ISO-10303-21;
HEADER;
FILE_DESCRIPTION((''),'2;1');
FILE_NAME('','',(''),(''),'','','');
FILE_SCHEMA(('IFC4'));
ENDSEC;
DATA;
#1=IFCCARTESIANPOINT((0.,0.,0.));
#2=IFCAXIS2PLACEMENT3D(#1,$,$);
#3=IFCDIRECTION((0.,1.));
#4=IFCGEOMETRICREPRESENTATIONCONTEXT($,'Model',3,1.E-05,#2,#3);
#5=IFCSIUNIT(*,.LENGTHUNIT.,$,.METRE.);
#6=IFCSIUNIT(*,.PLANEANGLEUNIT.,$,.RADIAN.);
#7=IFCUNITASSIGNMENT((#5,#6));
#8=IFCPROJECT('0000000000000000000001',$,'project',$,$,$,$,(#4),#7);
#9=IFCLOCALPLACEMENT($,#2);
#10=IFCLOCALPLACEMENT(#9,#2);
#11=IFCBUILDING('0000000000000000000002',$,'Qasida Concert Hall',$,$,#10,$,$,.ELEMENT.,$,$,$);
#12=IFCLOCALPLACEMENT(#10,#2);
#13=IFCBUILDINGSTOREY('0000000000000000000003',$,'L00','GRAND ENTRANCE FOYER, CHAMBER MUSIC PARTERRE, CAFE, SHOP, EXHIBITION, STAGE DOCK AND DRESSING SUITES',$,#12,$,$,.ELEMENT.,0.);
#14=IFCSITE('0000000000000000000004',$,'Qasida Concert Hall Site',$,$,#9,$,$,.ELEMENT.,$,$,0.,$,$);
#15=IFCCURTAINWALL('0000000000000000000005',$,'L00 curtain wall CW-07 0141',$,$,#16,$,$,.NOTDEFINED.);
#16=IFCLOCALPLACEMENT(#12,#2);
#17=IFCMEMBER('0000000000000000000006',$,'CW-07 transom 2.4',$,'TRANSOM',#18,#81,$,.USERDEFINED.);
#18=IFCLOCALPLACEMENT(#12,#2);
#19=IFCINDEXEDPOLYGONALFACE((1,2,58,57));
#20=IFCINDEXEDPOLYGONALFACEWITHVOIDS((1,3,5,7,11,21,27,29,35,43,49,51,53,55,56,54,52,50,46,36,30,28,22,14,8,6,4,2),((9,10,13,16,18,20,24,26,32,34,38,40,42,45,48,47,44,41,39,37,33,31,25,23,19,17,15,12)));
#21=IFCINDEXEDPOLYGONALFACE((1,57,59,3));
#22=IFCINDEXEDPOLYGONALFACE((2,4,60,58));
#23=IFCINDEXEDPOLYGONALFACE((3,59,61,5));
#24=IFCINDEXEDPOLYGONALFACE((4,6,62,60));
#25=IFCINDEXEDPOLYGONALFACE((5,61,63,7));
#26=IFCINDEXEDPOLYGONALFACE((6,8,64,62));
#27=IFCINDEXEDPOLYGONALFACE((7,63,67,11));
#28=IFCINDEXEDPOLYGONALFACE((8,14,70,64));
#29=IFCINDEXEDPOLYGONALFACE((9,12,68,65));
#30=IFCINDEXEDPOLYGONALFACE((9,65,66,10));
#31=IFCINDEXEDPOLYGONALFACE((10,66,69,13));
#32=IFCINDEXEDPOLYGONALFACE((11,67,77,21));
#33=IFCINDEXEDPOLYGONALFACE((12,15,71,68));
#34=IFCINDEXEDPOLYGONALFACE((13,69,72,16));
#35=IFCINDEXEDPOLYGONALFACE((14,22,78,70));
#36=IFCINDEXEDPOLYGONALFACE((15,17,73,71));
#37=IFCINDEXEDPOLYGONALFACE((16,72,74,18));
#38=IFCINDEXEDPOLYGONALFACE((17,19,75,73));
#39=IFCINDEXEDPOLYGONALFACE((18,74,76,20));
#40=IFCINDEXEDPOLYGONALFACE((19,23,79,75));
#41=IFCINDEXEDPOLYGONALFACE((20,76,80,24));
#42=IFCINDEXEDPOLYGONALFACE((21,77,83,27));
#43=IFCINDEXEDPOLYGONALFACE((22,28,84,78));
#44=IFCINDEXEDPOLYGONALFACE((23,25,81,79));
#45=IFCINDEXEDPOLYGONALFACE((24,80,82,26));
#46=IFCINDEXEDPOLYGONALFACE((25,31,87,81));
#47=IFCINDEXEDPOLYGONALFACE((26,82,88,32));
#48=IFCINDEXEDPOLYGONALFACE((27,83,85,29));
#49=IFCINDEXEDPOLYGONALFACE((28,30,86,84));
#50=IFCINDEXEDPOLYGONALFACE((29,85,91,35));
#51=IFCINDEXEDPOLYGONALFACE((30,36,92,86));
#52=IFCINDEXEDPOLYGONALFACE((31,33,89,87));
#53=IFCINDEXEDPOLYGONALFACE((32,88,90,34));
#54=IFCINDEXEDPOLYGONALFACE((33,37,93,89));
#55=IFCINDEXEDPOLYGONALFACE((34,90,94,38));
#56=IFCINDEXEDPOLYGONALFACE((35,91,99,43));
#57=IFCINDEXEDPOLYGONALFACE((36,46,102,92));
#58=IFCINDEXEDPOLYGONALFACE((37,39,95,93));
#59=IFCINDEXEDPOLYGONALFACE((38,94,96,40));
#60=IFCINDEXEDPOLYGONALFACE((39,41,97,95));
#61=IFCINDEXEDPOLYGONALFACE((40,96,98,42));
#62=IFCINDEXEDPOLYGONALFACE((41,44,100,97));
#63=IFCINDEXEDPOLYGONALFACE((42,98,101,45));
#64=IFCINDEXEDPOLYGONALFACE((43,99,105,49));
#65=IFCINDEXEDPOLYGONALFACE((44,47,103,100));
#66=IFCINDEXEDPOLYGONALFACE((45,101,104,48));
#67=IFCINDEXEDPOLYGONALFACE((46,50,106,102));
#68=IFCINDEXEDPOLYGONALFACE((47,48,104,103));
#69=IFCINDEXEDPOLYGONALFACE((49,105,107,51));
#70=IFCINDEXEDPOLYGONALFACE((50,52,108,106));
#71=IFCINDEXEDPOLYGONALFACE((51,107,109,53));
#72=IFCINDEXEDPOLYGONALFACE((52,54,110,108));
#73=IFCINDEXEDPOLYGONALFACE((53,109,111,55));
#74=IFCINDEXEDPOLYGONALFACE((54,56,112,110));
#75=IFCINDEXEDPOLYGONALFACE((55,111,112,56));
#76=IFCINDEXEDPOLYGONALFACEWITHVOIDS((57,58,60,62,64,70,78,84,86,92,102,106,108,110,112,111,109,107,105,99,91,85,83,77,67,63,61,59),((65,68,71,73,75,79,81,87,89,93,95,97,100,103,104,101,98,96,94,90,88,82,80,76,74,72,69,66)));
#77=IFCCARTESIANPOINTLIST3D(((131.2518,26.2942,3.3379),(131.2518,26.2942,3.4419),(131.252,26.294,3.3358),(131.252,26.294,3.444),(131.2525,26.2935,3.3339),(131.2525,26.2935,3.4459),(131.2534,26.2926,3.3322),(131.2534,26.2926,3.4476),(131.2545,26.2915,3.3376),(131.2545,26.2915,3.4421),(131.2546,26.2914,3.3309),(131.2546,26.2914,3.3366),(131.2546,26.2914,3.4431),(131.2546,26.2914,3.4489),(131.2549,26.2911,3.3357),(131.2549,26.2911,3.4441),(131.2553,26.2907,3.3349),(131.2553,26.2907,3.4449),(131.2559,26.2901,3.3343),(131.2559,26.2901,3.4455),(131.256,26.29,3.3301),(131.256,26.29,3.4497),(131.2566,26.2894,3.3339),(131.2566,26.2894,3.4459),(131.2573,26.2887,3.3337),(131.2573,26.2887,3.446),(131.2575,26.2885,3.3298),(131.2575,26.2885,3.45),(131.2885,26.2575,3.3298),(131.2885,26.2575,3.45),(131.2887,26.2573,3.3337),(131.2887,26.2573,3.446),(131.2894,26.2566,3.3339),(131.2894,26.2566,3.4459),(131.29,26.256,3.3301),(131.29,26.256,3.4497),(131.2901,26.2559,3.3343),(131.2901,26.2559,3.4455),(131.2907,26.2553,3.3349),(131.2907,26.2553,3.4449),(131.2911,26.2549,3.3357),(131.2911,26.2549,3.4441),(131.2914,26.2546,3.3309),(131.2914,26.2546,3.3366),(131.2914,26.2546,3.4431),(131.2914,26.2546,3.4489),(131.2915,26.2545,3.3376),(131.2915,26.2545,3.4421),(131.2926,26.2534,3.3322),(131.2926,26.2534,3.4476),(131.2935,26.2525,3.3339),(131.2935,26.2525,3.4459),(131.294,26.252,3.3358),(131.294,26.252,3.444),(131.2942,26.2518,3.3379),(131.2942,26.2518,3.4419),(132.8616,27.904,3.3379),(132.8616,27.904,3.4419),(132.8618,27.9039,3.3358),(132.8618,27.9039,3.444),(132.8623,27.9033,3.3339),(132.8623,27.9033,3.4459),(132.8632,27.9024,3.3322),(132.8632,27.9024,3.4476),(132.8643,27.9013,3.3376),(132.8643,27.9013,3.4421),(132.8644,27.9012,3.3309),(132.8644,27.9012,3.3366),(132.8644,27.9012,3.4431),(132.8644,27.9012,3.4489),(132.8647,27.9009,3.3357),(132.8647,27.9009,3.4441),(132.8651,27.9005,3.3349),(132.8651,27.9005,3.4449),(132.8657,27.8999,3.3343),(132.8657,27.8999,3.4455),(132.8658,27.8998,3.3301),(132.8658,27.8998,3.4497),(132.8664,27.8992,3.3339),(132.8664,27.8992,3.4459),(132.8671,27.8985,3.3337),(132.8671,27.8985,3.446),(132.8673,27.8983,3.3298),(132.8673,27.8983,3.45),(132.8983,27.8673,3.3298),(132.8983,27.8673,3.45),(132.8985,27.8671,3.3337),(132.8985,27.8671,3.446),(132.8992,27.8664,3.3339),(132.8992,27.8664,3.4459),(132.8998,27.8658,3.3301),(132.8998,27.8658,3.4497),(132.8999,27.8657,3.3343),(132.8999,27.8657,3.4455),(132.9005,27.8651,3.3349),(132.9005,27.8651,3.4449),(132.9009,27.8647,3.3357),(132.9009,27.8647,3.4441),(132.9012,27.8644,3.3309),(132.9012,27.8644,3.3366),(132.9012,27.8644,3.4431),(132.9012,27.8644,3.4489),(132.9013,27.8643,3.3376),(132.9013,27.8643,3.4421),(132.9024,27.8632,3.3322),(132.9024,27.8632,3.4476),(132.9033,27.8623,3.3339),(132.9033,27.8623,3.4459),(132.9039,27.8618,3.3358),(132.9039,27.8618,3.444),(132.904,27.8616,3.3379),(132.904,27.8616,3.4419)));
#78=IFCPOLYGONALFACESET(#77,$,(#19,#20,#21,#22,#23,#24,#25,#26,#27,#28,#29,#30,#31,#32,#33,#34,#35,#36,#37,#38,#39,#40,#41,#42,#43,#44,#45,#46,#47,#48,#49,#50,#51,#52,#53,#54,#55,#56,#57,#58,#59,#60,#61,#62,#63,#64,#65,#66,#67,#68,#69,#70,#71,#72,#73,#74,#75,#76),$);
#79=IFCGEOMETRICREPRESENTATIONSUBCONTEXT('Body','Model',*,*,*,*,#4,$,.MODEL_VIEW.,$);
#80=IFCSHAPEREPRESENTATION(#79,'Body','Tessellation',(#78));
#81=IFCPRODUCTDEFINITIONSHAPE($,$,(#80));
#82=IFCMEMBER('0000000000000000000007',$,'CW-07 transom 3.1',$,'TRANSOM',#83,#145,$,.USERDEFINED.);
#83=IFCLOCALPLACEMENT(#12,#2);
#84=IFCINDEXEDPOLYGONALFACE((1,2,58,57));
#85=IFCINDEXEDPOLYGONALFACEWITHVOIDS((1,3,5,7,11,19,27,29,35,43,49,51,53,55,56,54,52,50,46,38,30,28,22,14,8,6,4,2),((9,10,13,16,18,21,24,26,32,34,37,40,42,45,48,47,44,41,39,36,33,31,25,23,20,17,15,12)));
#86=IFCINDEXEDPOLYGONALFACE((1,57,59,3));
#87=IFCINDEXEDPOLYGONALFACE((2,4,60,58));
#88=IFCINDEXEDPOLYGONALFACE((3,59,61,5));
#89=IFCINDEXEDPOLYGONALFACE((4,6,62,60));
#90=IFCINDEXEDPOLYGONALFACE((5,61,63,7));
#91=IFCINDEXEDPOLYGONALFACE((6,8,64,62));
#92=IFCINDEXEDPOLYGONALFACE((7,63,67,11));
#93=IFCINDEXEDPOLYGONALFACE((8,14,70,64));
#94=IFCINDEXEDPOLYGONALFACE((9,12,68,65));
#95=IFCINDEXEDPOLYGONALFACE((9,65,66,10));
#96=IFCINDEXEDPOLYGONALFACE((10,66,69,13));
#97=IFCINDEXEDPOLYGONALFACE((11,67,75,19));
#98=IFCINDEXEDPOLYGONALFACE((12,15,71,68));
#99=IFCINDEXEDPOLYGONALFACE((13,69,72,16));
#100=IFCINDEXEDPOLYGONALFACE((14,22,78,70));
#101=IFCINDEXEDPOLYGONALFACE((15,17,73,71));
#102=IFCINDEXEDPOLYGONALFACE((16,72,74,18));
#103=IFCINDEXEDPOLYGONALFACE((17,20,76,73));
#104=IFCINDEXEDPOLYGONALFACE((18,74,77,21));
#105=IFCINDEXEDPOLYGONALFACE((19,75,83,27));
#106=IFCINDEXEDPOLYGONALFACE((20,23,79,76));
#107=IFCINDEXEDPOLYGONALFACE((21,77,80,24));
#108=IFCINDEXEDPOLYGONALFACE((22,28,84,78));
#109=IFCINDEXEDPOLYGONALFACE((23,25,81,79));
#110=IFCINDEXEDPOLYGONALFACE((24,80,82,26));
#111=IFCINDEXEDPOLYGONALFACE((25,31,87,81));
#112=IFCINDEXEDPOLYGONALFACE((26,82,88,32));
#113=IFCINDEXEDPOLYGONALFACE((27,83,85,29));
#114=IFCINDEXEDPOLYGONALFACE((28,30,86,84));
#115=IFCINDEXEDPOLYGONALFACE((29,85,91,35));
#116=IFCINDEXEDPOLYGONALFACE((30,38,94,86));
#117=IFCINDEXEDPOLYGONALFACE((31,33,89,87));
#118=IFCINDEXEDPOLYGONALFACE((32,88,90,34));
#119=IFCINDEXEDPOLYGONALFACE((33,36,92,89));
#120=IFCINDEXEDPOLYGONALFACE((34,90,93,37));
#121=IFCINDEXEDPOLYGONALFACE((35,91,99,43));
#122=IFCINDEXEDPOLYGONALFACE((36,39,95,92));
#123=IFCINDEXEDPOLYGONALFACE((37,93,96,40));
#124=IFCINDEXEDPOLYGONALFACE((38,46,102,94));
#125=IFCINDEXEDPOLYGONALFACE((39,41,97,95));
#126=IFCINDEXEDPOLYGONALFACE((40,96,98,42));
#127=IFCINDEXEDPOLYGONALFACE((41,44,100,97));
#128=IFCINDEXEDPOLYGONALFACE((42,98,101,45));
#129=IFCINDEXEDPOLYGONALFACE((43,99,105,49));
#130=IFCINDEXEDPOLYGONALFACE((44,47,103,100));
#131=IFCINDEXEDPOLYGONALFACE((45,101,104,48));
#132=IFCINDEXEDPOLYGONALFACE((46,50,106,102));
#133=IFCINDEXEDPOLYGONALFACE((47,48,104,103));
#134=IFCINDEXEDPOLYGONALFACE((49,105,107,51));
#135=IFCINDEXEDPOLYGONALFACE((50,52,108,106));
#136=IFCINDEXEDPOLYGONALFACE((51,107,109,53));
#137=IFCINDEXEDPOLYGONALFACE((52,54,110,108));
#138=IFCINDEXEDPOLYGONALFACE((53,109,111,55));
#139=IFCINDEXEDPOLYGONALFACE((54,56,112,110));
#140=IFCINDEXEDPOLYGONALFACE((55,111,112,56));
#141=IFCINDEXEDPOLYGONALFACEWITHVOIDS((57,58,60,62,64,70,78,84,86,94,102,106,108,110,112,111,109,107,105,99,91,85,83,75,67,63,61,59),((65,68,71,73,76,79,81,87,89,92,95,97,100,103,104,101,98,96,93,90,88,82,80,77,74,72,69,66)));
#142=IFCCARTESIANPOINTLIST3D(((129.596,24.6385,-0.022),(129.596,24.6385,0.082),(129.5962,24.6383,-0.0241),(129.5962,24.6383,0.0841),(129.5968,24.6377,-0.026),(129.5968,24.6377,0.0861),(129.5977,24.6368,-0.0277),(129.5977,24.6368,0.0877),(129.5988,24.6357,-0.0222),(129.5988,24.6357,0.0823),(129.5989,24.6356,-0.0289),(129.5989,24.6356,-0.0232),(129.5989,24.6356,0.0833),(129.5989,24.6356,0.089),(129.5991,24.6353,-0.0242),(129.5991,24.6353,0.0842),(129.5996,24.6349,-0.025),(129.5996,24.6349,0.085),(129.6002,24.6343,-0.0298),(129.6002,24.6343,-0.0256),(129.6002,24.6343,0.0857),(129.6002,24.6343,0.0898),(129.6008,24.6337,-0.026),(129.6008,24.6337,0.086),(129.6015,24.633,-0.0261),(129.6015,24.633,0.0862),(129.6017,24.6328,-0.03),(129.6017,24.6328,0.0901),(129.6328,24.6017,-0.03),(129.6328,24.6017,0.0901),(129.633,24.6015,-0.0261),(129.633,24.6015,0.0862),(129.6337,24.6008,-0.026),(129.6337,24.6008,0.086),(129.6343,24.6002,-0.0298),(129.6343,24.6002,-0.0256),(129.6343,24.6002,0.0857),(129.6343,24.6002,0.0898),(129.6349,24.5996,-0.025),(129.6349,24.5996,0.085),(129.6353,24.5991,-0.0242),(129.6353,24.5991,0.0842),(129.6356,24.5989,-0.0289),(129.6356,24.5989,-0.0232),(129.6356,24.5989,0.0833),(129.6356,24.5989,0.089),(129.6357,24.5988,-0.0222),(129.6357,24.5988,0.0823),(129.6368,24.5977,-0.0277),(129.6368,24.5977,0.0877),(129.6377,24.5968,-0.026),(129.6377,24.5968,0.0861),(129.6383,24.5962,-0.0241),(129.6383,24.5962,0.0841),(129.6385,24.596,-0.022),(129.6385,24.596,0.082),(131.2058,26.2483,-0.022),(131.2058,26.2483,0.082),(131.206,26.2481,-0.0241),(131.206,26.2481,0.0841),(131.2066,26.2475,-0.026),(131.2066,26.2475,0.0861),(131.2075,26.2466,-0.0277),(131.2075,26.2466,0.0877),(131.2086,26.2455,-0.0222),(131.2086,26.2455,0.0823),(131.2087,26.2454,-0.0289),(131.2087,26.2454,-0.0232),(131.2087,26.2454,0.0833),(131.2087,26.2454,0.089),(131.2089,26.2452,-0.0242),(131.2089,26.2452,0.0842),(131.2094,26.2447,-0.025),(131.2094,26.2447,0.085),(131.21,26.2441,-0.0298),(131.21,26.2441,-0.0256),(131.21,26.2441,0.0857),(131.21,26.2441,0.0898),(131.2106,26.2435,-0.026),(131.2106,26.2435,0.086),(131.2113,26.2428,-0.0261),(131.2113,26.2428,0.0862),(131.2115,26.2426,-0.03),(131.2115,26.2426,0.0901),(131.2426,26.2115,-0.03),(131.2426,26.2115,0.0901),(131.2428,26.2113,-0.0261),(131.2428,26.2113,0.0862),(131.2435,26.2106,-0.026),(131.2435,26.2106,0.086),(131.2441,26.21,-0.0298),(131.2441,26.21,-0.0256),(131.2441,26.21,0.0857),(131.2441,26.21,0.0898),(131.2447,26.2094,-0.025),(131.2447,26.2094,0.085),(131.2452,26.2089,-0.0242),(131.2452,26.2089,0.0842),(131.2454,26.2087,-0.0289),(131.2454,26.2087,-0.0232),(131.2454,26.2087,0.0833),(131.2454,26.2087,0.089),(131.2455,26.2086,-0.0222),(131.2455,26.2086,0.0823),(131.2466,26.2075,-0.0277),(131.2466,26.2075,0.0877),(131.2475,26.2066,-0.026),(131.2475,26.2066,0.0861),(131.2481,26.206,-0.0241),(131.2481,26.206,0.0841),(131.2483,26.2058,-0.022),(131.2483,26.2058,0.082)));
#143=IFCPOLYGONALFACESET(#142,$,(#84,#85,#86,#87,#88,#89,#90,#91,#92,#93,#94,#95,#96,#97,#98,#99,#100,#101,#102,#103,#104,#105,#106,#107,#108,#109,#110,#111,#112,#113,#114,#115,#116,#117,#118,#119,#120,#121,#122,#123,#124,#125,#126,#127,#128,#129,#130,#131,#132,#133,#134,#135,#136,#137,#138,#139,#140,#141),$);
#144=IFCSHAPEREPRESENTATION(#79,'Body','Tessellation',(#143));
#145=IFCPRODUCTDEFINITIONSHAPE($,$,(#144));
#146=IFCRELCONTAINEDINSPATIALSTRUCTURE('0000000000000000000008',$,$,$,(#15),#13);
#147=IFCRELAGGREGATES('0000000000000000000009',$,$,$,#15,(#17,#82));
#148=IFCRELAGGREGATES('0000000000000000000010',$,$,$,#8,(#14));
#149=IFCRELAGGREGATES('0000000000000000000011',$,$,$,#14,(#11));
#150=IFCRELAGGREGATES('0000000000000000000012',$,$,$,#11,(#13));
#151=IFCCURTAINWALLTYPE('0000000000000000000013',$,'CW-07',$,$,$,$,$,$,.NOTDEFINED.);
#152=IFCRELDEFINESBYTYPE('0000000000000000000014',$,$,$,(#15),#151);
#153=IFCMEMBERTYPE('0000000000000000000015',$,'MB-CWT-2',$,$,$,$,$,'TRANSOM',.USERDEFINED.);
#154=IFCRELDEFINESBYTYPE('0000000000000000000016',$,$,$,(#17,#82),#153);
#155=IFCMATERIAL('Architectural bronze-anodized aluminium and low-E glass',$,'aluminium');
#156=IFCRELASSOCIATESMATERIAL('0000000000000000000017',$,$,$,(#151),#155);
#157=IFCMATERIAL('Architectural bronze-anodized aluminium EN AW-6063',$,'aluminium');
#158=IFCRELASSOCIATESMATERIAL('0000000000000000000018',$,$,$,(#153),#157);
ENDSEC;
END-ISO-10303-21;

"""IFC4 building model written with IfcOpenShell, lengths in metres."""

from ifc_helpers import new_model, si_unit, direction, frame, origin, origin_2d, place, context, subcontext, project, spatial, hollow_rectangle, extrude, material, material_profile, profile_set, type_object, element, aggregate, save


model = new_model("IFC4")

# Units and contexts
model_context = context("Model", 3, precision=1e-05, world=origin(), true_north=direction((0.0, 1.0)))
body_context = subcontext(model_context, "Body", "Model", "MODEL_VIEW")
ifc_project = project(units=[si_unit("LENGTHUNIT", "METRE"), si_unit("PLANEANGLEUNIT", "RADIAN")], contexts=[model_context])

# Site, building, storey
site_placement = place(None, origin())
site = spatial("IfcSite", under=ifc_project, at=site_placement, Name="Qasida Concert Hall Site", CompositionType="ELEMENT", RefElevation=0.0)
building_placement = place(site_placement, origin())
building = spatial("IfcBuilding", under=site, at=building_placement, Name="Qasida Concert Hall", CompositionType="ELEMENT")
storey_placement = place(building_placement, origin())
storey = spatial("IfcBuildingStorey", under=building, at=storey_placement, Name="L00", Description="GRAND ENTRANCE FOYER, CHAMBER MUSIC PARTERRE, CAFE, SHOP, EXHIBITION, STAGE DOCK AND DRESSING SUITES", CompositionType="ELEMENT", Elevation=0.0)

# Curtain wall, members
ifc_material_1 = material(Name="Architectural bronze-anodized aluminium and low-E glass", Category="aluminium")
curtain_wall_type = type_object("IfcCurtainWallType", Name="CW-07", PredefinedType="NOTDEFINED", material=ifc_material_1)
curtain_wall_placement = place(storey_placement, origin())
curtain_wall = element("IfcCurtainWall", 1, at=curtain_wall_placement, inside=storey, type_object=curtain_wall_type, Name="L00 curtain wall CW-07 0141", PredefinedType="NOTDEFINED")
ifc_material_2 = material(Name="Architectural bronze-anodized aluminium EN AW-6063", Category="aluminium")
ifc_material_profile_1 = material_profile(ifc_material_2, hollow_rectangle(XDim=0.0601, YDim=0.1201, WallThickness=0.0039, InnerFilletRadius=0.0039, OuterFilletRadius=0.0081, at=origin_2d()), Name="CWT 120x60x4")
ifc_profile_set_1 = profile_set([ifc_material_profile_1], Name="Architectural bronze-anodized aluminium EN AW-6063")
member_type_1 = type_object("IfcMemberType", Name="MB-CWT-2", ElementType="TRANSOM", PredefinedType="USERDEFINED", material=ifc_profile_set_1)
member_1_placement = place(storey_placement, frame((132.8828, 27.8828, 3.3899), z_axis=(-0.707107, -0.707107, 0.0), x_axis=(0.707107, -0.707107, 0.0)))
member_1 = element("IfcMember", 2, at=member_1_placement, type_object=member_type_1, Name="CW-07 transom 2.4", ObjectType="TRANSOM", PredefinedType="USERDEFINED", context=body_context, shape_type="SweptSolid", body=[
    extrude(hollow_rectangle(XDim=0.0601, YDim=0.1201, WallThickness=0.0039, InnerFilletRadius=0.0039, OuterFilletRadius=0.0081, at=origin_2d()), origin(), (0.0, 0.0, 1.0), 2.2766),
])
member_2_placement = place(storey_placement, frame((131.2271, 26.2271, 0.03), z_axis=(-0.707107, -0.707107, 0.0), x_axis=(0.707107, -0.707107, 0.0)))
member_2 = element("IfcMember", 3, at=member_2_placement, type_object=member_type_1, Name="CW-07 transom 3.1", ObjectType="TRANSOM", PredefinedType="USERDEFINED", context=body_context, shape_type="SweptSolid", body=[
    extrude(hollow_rectangle(XDim=0.0601, YDim=0.1201, WallThickness=0.0039, InnerFilletRadius=0.0039, OuterFilletRadius=0.0081, at=origin_2d()), origin(), (0.0, 0.0, 1.0), 2.2766),
])
aggregate(curtain_wall, [member_1, member_2])

save(model, "model.ifc")
